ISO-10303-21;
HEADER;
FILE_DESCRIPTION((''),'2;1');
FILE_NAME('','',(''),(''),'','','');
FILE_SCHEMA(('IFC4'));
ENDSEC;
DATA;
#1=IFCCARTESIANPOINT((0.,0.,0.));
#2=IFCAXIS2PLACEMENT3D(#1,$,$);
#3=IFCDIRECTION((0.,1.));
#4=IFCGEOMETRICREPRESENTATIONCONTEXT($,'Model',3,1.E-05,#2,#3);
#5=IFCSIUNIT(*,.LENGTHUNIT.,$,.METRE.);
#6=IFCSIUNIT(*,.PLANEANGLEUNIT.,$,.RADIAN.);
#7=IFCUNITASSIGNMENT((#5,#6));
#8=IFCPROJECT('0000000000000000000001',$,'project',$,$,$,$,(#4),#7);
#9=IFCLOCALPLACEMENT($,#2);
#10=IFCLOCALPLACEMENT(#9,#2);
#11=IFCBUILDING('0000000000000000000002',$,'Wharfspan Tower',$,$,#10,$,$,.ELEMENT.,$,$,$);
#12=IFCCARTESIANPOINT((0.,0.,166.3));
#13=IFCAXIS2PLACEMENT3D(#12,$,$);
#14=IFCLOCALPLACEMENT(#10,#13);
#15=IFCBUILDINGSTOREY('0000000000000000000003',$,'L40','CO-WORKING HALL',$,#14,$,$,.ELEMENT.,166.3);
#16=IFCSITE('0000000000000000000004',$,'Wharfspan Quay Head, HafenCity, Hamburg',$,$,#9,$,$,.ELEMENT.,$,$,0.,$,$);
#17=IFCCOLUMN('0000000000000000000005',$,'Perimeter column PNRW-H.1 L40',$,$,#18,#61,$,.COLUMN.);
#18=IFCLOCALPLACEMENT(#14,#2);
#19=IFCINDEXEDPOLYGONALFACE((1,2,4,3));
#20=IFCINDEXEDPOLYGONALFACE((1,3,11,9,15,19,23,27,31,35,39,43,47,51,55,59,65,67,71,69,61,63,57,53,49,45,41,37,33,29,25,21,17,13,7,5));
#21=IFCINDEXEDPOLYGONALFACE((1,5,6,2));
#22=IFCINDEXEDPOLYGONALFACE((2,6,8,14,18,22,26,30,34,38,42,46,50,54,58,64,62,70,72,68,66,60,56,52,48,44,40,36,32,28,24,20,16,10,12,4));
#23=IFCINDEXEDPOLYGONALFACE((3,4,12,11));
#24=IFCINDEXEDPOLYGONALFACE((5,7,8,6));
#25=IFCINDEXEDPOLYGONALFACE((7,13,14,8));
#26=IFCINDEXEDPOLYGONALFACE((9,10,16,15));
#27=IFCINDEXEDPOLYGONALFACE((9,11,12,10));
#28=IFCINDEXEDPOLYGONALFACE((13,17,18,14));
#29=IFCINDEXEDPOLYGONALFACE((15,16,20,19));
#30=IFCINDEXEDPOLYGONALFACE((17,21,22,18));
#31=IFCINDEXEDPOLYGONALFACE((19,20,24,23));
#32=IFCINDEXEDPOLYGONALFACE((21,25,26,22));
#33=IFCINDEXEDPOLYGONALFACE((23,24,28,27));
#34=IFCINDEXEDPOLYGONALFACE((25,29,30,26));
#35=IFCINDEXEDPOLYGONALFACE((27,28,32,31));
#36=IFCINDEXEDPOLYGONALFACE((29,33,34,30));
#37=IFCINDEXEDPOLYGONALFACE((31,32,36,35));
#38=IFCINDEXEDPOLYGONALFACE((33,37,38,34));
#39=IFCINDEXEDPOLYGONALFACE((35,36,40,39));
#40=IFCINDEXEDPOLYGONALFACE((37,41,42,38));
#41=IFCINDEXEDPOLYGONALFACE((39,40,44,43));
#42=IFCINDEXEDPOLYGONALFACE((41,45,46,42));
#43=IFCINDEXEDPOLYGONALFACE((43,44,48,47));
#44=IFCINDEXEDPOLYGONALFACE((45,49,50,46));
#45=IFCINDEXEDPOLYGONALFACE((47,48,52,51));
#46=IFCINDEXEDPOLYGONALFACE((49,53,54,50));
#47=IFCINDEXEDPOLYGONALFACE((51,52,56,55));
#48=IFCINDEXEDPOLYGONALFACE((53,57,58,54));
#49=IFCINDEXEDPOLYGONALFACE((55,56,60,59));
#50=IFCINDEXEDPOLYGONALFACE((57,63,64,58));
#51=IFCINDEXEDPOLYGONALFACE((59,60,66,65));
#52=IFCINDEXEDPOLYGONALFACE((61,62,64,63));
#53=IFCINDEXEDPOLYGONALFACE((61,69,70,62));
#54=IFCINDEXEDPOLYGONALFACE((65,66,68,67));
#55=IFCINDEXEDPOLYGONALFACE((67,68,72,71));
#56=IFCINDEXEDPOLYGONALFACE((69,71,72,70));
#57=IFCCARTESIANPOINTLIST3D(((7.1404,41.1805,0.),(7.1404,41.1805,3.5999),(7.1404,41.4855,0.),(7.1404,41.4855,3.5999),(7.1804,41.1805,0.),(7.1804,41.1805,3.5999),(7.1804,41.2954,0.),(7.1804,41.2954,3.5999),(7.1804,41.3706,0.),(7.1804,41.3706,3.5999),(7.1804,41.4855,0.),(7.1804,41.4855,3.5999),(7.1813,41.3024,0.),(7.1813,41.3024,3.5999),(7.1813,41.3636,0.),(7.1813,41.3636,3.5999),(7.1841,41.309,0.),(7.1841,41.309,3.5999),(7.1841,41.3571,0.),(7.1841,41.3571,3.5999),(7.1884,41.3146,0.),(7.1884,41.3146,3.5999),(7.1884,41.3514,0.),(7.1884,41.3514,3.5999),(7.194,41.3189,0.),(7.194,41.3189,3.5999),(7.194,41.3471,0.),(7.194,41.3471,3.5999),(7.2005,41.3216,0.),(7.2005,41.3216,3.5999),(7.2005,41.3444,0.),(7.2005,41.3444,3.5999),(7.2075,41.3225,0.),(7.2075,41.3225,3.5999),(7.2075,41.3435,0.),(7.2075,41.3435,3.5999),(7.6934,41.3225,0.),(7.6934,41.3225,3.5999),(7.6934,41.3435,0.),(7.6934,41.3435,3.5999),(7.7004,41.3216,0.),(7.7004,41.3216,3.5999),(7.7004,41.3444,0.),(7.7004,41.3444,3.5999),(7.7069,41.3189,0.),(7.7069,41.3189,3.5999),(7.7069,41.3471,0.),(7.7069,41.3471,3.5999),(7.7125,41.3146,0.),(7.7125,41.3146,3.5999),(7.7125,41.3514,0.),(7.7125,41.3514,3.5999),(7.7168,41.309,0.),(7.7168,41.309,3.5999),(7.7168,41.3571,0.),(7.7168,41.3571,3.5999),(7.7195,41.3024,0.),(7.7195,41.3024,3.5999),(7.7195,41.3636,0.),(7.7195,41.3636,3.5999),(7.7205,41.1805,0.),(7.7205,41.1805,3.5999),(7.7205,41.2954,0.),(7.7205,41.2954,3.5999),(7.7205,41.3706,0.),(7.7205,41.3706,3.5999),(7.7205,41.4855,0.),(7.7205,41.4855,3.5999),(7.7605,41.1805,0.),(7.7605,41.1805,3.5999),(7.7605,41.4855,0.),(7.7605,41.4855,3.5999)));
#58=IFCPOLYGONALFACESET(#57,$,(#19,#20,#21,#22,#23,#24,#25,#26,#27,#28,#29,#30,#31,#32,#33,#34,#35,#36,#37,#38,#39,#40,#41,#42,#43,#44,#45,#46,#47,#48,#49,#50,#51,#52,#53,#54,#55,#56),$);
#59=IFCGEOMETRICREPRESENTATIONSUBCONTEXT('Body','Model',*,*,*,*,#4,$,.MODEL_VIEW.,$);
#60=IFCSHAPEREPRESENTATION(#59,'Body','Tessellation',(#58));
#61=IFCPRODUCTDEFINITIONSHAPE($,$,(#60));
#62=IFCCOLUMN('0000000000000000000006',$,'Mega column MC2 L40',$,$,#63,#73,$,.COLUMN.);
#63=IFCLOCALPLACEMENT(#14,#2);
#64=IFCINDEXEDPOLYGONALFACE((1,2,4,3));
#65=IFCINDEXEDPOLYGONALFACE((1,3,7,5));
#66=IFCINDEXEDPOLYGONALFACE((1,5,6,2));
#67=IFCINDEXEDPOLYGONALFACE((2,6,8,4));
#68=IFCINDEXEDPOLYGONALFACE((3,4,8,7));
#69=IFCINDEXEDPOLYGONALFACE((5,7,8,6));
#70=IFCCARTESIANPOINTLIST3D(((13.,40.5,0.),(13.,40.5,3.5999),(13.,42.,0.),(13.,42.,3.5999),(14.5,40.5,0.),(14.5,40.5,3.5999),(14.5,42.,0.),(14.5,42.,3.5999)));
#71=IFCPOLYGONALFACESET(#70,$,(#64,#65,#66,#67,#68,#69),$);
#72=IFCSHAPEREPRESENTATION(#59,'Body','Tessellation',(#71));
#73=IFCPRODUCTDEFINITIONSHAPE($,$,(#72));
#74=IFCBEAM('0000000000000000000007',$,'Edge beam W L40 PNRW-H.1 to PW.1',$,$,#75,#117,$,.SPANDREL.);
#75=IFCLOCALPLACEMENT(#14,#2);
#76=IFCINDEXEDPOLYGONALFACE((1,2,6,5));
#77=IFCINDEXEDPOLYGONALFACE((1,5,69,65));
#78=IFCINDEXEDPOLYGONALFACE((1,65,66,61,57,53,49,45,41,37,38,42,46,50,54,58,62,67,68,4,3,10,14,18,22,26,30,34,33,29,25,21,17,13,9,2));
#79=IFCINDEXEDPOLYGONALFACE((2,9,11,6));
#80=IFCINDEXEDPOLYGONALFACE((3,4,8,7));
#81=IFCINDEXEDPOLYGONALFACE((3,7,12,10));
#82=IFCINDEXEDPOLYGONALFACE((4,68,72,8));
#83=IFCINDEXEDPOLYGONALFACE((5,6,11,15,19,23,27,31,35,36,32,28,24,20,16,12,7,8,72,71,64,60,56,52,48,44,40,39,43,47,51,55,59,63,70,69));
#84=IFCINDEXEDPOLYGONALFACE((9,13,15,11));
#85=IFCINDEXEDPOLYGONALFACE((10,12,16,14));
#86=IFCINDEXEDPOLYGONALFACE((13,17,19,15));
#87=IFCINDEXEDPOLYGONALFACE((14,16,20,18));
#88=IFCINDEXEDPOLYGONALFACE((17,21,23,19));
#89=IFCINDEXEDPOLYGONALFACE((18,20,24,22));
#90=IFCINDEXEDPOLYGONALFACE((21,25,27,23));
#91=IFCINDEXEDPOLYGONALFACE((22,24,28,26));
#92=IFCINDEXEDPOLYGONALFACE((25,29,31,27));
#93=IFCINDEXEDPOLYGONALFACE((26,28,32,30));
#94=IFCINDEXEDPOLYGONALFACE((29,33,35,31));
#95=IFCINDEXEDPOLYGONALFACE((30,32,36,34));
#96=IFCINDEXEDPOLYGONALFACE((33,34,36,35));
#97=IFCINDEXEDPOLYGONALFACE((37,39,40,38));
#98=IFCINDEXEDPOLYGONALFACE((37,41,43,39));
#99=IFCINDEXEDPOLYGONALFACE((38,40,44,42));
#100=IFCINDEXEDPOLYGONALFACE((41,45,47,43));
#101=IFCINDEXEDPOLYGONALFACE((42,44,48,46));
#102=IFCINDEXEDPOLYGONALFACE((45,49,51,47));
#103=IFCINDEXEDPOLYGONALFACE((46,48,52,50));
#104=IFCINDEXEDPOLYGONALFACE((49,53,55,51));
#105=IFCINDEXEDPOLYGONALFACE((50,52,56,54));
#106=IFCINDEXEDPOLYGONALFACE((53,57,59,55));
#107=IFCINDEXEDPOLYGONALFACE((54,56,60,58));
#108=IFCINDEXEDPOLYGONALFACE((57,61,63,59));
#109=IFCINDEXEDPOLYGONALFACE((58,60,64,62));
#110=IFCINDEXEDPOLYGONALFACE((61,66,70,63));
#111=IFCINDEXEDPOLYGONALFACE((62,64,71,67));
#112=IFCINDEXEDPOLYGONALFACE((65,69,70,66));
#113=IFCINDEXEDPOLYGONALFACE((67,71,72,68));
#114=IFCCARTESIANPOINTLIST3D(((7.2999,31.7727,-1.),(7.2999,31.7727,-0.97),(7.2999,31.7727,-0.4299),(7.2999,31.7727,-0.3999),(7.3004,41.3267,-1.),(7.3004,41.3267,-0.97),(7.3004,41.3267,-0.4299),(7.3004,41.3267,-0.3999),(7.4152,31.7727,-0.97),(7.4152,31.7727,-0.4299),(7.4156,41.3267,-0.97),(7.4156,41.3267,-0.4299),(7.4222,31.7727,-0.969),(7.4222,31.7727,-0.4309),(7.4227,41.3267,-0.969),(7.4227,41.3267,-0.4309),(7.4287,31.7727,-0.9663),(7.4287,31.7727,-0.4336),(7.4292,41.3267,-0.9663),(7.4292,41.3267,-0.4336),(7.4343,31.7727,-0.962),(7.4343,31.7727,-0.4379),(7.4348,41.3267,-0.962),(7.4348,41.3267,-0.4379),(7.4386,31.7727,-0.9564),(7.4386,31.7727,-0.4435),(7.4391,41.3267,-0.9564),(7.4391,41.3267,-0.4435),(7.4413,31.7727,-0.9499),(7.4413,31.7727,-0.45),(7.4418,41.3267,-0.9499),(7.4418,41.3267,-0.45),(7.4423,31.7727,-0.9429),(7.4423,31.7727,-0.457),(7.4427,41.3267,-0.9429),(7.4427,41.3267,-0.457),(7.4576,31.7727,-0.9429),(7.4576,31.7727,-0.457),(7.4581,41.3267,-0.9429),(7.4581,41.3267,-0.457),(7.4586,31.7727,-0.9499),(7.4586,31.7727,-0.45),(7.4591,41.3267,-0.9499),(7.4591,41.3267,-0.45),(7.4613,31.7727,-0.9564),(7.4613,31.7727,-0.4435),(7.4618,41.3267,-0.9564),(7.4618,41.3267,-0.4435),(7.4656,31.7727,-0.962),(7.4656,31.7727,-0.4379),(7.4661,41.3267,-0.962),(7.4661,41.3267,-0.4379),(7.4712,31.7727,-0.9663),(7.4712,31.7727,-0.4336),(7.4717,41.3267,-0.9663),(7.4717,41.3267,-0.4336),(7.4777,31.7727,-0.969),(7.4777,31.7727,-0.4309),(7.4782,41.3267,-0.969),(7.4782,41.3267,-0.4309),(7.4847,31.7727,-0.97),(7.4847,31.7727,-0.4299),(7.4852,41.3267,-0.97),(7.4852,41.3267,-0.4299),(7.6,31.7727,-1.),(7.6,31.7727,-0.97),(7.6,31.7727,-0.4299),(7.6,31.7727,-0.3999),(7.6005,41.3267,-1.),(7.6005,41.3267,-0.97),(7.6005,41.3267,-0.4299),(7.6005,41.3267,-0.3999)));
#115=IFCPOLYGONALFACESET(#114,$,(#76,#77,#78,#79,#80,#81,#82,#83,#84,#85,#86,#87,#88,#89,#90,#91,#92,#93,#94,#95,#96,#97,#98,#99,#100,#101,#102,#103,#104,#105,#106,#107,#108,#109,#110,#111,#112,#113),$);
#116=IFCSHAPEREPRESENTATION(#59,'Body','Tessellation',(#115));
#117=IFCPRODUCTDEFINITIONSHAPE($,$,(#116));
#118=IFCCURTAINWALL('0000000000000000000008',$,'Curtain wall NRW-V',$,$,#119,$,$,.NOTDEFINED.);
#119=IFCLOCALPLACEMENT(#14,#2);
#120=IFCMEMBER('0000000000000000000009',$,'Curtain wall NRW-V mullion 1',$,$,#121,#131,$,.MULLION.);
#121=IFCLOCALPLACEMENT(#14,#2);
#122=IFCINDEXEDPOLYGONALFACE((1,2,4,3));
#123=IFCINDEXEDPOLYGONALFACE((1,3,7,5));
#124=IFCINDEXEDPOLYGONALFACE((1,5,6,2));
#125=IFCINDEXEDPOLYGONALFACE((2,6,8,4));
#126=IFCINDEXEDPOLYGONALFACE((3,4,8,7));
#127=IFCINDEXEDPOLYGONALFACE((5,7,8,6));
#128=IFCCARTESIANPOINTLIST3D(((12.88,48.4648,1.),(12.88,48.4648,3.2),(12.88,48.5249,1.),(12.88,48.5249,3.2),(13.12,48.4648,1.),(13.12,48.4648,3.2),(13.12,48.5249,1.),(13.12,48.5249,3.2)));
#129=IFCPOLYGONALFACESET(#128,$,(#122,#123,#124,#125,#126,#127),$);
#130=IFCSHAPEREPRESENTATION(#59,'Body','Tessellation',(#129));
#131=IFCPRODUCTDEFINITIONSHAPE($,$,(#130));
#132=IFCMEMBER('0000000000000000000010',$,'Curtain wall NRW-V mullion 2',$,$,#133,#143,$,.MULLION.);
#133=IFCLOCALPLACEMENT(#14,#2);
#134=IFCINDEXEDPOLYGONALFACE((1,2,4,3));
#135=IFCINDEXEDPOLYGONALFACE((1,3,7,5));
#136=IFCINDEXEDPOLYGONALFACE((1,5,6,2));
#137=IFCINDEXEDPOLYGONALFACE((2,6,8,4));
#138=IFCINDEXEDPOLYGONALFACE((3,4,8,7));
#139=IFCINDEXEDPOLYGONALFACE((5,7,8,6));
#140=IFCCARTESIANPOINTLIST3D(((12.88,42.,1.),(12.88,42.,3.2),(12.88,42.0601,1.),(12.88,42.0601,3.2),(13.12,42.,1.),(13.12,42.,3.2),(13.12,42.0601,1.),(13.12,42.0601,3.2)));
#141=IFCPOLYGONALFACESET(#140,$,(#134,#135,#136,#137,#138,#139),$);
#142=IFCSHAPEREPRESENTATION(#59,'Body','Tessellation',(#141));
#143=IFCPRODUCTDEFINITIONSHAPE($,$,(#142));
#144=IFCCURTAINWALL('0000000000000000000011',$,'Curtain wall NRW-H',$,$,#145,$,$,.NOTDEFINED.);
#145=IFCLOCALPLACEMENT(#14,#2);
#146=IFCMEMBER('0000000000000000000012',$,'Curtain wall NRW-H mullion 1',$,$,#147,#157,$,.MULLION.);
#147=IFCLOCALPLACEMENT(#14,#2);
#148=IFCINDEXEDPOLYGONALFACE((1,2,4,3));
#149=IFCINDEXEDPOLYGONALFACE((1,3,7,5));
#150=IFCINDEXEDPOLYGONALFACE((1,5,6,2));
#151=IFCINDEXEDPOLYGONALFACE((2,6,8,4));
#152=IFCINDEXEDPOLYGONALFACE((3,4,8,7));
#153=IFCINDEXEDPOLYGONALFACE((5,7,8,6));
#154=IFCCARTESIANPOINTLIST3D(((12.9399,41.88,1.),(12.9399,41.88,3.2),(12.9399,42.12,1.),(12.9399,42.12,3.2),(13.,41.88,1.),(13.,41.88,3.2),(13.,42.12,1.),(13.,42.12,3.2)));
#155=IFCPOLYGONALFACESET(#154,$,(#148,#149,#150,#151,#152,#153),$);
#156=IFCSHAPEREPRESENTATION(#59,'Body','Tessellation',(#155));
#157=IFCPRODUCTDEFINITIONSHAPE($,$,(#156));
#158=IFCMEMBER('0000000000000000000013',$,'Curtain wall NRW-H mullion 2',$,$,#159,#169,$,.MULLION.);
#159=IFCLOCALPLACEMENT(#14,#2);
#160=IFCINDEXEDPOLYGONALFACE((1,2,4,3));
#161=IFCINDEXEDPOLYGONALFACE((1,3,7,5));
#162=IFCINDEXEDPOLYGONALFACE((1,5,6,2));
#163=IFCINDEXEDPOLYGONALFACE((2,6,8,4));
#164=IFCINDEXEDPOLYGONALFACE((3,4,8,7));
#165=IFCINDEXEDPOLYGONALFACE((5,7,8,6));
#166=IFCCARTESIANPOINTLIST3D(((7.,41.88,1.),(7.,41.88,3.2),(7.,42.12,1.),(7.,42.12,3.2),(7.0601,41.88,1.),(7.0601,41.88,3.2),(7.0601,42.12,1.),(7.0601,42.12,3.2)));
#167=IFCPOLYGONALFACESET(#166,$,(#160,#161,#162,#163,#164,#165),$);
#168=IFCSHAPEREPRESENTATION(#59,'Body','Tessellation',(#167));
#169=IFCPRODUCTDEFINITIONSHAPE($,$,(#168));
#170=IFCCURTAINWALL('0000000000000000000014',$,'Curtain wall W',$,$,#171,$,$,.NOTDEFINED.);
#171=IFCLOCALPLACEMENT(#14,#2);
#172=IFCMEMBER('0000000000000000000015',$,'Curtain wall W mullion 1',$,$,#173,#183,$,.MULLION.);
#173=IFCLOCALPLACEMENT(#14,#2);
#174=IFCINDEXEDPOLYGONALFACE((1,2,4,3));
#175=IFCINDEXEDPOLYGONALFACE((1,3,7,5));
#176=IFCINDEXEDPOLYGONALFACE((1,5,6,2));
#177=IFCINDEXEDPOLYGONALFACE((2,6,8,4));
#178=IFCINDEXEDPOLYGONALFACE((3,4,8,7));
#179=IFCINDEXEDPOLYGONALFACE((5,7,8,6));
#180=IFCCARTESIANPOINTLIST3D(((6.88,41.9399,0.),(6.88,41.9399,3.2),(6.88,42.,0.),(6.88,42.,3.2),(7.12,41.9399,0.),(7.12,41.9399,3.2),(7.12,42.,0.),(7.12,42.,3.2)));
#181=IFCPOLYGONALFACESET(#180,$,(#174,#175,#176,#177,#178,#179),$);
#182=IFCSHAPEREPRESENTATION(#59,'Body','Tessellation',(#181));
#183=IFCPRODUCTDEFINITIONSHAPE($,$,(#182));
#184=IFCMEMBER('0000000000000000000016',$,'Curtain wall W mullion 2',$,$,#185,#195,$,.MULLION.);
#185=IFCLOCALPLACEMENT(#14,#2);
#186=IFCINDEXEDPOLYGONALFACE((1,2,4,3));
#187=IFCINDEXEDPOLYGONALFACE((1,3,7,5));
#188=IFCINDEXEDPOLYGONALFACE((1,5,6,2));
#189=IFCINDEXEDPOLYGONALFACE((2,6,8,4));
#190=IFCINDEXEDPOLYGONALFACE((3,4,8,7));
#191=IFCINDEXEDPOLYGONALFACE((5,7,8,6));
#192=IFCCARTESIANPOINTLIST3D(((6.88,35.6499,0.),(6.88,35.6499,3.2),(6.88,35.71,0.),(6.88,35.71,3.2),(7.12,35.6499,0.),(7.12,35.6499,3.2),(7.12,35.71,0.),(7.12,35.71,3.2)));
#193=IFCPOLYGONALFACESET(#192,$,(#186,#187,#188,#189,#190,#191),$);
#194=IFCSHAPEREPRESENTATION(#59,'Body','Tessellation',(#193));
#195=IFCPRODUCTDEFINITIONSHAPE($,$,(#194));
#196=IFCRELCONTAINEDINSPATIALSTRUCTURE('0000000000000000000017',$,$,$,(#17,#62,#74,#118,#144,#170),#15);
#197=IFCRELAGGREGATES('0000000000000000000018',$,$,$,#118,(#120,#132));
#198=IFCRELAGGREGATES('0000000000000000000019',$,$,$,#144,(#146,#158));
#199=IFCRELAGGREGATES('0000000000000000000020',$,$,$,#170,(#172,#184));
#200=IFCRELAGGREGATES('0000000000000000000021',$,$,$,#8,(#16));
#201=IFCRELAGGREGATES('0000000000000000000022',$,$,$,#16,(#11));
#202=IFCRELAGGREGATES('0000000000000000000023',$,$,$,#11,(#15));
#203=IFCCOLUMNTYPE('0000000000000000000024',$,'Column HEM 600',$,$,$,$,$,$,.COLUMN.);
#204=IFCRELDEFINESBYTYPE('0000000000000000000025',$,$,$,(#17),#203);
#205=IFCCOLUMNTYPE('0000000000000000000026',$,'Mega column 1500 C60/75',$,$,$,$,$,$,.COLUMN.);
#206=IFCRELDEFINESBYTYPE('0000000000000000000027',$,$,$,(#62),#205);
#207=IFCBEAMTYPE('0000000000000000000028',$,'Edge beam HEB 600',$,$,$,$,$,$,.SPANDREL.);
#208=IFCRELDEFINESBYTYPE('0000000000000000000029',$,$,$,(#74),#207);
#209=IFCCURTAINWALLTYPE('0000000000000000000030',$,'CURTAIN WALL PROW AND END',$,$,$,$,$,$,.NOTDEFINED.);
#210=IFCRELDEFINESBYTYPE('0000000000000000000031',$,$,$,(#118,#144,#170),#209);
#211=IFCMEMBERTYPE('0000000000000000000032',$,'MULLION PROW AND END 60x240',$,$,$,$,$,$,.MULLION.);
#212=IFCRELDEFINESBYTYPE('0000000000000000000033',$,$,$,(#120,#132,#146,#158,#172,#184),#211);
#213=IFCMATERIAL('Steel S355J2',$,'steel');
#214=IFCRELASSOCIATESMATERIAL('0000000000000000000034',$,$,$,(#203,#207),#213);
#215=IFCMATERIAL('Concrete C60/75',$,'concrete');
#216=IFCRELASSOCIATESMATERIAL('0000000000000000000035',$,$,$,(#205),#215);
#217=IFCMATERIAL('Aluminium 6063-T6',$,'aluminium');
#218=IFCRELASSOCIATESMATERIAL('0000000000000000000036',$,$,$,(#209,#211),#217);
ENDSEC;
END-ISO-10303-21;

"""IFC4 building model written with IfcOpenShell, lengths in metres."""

from ifc_helpers import new_model, si_unit, direction, frame, origin, origin_2d, place, context, subcontext, project, spatial, rectangle, i_section, extrude, material, material_profile, profile_set, type_object, element, aggregate, save


model = new_model("IFC4")

# Units and contexts
model_context = context("Model", 3, precision=1e-05, world=origin(), true_north=direction((0.0, 1.0)))
body_context = subcontext(model_context, "Body", "Model", "MODEL_VIEW")
ifc_project = project(units=[si_unit("LENGTHUNIT", "METRE"), si_unit("PLANEANGLEUNIT", "RADIAN")], contexts=[model_context])

# Site, building, storey
site_placement = place(None, origin())
site = spatial("IfcSite", under=ifc_project, at=site_placement, Name="Wharfspan Quay Head, HafenCity, Hamburg", CompositionType="ELEMENT", RefElevation=0.0)
building_placement = place(site_placement, origin())
building = spatial("IfcBuilding", under=site, at=building_placement, Name="Wharfspan Tower", CompositionType="ELEMENT")
storey_placement = place(building_placement, frame((0.0, 0.0, 166.3)))
storey = spatial("IfcBuildingStorey", under=building, at=storey_placement, Name="L40", Description="CO-WORKING HALL", CompositionType="ELEMENT", Elevation=166.3)

# Columns
ifc_material_1 = material(Name="Steel S355J2", Category="steel")
ifc_material_profile_1 = material_profile(ifc_material_1, i_section(OverallWidth=0.3049, OverallDepth=0.6201, WebThickness=0.021, FlangeThickness=0.04, FilletRadius=0.0271, at=origin_2d()))
ifc_profile_set_1 = profile_set([ifc_material_profile_1], Name="Steel S355J2")
column_type_1 = type_object("IfcColumnType", Name="Column HEM 600", PredefinedType="COLUMN", material=ifc_profile_set_1)
column_1_placement = place(storey_placement, frame((7.4504, 41.333, 0.0), z_axis=(0.0, 0.0, 1.0), x_axis=(0.0, 1.0, 0.0)))
element("IfcColumn", 1, at=column_1_placement, inside=storey, type_object=column_type_1, Name="Perimeter column PNRW-H.1 L40", PredefinedType="COLUMN", context=body_context, shape_type="SweptSolid", body=[
    extrude(i_section(OverallWidth=0.3049, OverallDepth=0.6201, WebThickness=0.021, FlangeThickness=0.04, FilletRadius=0.0271, at=origin_2d()), origin(), (0.0, 0.0, 1.0), 3.5999),
])
ifc_material_2 = material(Name="Concrete C60/75", Category="concrete")
ifc_material_profile_2 = material_profile(ifc_material_2, rectangle(XDim=1.5, YDim=1.5, at=origin_2d()))
ifc_profile_set_2 = profile_set([ifc_material_profile_2], Name="Concrete C60/75")
column_type_2 = type_object("IfcColumnType", Name="Mega column 1500 C60/75", PredefinedType="COLUMN", material=ifc_profile_set_2)
column_2_placement = place(storey_placement, frame((13.75, 41.25, 0.0), z_axis=(0.0, 0.0, 1.0), x_axis=(1.0, 0.0, 0.0)))
element("IfcColumn", 2, at=column_2_placement, inside=storey, type_object=column_type_2, Name="Mega column MC2 L40", PredefinedType="COLUMN", context=body_context, shape_type="SweptSolid", body=[
    extrude(rectangle(XDim=1.5, YDim=1.5, at=origin_2d()), origin(), (0.0, 0.0, 1.0), 3.5999),
])

# Beam
ifc_material_profile_3 = material_profile(ifc_material_1, i_section(OverallWidth=0.3, OverallDepth=0.6001, WebThickness=0.0154, FlangeThickness=0.03, FilletRadius=0.0271, at=origin_2d()))
ifc_profile_set_3 = profile_set([ifc_material_profile_3], Name="Steel S355J2")
beam_type = type_object("IfcBeamType", Name="Edge beam HEB 600", PredefinedType="SPANDREL", material=ifc_profile_set_3)
beam_placement = place(storey_placement, frame((7.4504, 41.3267, -0.7), z_axis=(-0.000051, -1.0, 0.0), x_axis=(1.0, -0.000051, 0.0)))
element("IfcBeam", 3, at=beam_placement, inside=storey, type_object=beam_type, Name="Edge beam W L40 PNRW-H.1 to PW.1", PredefinedType="SPANDREL", context=body_context, shape_type="SweptSolid", body=[
    extrude(i_section(OverallWidth=0.3, OverallDepth=0.6001, WebThickness=0.0154, FlangeThickness=0.03, FilletRadius=0.0271, at=origin_2d()), origin(), (0.0, 0.0, 1.0), 9.554),
])

# Curtain walls, members
ifc_material_3 = material(Name="Aluminium 6063-T6", Category="aluminium")
curtain_wall_type = type_object("IfcCurtainWallType", Name="CURTAIN WALL PROW AND END", PredefinedType="NOTDEFINED", material=ifc_material_3)
curtain_wall_1_placement = place(storey_placement, origin())
curtain_wall_1 = element("IfcCurtainWall", 4, at=curtain_wall_1_placement, inside=storey, type_object=curtain_wall_type, Name="Curtain wall NRW-V", PredefinedType="NOTDEFINED")
ifc_material_profile_4 = material_profile(ifc_material_3, rectangle(XDim=0.24, YDim=0.0601, at=origin_2d()))
ifc_profile_set_4 = profile_set([ifc_material_profile_4], Name="Aluminium 6063-T6")
member_type_1 = type_object("IfcMemberType", Name="MULLION PROW AND END 60x240", PredefinedType="MULLION", material=ifc_profile_set_4)
member_1_placement = place(storey_placement, frame((13.0, 48.4949, 1.0), z_axis=(0.0, 0.0, 1.0), x_axis=(1.0, 0.0, 0.0)))
member_1 = element("IfcMember", 5, at=member_1_placement, type_object=member_type_1, Name="Curtain wall NRW-V mullion 1", PredefinedType="MULLION", context=body_context, shape_type="SweptSolid", body=[
    extrude(rectangle(XDim=0.24, YDim=0.0601, at=origin_2d()), origin(), (0.0, 0.0, 1.0), 2.2),
])
member_2_placement = place(storey_placement, frame((13.0, 42.03, 1.0), z_axis=(0.0, 0.0, 1.0), x_axis=(1.0, 0.0, 0.0)))
member_2 = element("IfcMember", 6, at=member_2_placement, type_object=member_type_1, Name="Curtain wall NRW-V mullion 2", PredefinedType="MULLION", context=body_context, shape_type="SweptSolid", body=[
    extrude(rectangle(XDim=0.24, YDim=0.0601, at=origin_2d()), origin(), (0.0, 0.0, 1.0), 2.2),
])
curtain_wall_2_placement = place(storey_placement, origin())
curtain_wall_2 = element("IfcCurtainWall", 7, at=curtain_wall_2_placement, inside=storey, type_object=curtain_wall_type, Name="Curtain wall NRW-H", PredefinedType="NOTDEFINED")
member_3_placement = place(storey_placement, frame((12.97, 42.0, 1.0), z_axis=(0.0, 0.0, 1.0), x_axis=(0.0, -1.0, 0.0)))
member_3 = element("IfcMember", 8, at=member_3_placement, type_object=member_type_1, Name="Curtain wall NRW-H mullion 1", PredefinedType="MULLION", context=body_context, shape_type="SweptSolid", body=[
    extrude(rectangle(XDim=0.24, YDim=0.0601, at=origin_2d()), origin(), (0.0, 0.0, 1.0), 2.2),
])
member_4_placement = place(storey_placement, frame((7.03, 42.0, 1.0), z_axis=(0.0, 0.0, 1.0), x_axis=(0.0, -1.0, 0.0)))
member_4 = element("IfcMember", 9, at=member_4_placement, type_object=member_type_1, Name="Curtain wall NRW-H mullion 2", PredefinedType="MULLION", context=body_context, shape_type="SweptSolid", body=[
    extrude(rectangle(XDim=0.24, YDim=0.0601, at=origin_2d()), origin(), (0.0, 0.0, 1.0), 2.2),
])
curtain_wall_3_placement = place(storey_placement, origin())
curtain_wall_3 = element("IfcCurtainWall", 10, at=curtain_wall_3_placement, inside=storey, type_object=curtain_wall_type, Name="Curtain wall W", PredefinedType="NOTDEFINED")
member_5_placement = place(storey_placement, frame((7.0, 41.97, 0.0), z_axis=(0.0, 0.0, 1.0), x_axis=(1.0, 0.0, 0.0)))
member_5 = element("IfcMember", 11, at=member_5_placement, type_object=member_type_1, Name="Curtain wall W mullion 1", PredefinedType="MULLION", context=body_context, shape_type="SweptSolid", body=[
    extrude(rectangle(XDim=0.24, YDim=0.0601, at=origin_2d()), origin(), (0.0, 0.0, 1.0), 3.2),
])
member_6_placement = place(storey_placement, frame((7.0, 35.6799, 0.0), z_axis=(0.0, 0.0, 1.0), x_axis=(1.0, 0.0, 0.0)))
member_6 = element("IfcMember", 12, at=member_6_placement, type_object=member_type_1, Name="Curtain wall W mullion 2", PredefinedType="MULLION", context=body_context, shape_type="SweptSolid", body=[
    extrude(rectangle(XDim=0.24, YDim=0.0601, at=origin_2d()), origin(), (0.0, 0.0, 1.0), 3.2),
])

aggregate(curtain_wall_1, [member_1, member_2])
aggregate(curtain_wall_2, [member_3, member_4])
aggregate(curtain_wall_3, [member_5, member_6])

save(model, "model.ifc")
